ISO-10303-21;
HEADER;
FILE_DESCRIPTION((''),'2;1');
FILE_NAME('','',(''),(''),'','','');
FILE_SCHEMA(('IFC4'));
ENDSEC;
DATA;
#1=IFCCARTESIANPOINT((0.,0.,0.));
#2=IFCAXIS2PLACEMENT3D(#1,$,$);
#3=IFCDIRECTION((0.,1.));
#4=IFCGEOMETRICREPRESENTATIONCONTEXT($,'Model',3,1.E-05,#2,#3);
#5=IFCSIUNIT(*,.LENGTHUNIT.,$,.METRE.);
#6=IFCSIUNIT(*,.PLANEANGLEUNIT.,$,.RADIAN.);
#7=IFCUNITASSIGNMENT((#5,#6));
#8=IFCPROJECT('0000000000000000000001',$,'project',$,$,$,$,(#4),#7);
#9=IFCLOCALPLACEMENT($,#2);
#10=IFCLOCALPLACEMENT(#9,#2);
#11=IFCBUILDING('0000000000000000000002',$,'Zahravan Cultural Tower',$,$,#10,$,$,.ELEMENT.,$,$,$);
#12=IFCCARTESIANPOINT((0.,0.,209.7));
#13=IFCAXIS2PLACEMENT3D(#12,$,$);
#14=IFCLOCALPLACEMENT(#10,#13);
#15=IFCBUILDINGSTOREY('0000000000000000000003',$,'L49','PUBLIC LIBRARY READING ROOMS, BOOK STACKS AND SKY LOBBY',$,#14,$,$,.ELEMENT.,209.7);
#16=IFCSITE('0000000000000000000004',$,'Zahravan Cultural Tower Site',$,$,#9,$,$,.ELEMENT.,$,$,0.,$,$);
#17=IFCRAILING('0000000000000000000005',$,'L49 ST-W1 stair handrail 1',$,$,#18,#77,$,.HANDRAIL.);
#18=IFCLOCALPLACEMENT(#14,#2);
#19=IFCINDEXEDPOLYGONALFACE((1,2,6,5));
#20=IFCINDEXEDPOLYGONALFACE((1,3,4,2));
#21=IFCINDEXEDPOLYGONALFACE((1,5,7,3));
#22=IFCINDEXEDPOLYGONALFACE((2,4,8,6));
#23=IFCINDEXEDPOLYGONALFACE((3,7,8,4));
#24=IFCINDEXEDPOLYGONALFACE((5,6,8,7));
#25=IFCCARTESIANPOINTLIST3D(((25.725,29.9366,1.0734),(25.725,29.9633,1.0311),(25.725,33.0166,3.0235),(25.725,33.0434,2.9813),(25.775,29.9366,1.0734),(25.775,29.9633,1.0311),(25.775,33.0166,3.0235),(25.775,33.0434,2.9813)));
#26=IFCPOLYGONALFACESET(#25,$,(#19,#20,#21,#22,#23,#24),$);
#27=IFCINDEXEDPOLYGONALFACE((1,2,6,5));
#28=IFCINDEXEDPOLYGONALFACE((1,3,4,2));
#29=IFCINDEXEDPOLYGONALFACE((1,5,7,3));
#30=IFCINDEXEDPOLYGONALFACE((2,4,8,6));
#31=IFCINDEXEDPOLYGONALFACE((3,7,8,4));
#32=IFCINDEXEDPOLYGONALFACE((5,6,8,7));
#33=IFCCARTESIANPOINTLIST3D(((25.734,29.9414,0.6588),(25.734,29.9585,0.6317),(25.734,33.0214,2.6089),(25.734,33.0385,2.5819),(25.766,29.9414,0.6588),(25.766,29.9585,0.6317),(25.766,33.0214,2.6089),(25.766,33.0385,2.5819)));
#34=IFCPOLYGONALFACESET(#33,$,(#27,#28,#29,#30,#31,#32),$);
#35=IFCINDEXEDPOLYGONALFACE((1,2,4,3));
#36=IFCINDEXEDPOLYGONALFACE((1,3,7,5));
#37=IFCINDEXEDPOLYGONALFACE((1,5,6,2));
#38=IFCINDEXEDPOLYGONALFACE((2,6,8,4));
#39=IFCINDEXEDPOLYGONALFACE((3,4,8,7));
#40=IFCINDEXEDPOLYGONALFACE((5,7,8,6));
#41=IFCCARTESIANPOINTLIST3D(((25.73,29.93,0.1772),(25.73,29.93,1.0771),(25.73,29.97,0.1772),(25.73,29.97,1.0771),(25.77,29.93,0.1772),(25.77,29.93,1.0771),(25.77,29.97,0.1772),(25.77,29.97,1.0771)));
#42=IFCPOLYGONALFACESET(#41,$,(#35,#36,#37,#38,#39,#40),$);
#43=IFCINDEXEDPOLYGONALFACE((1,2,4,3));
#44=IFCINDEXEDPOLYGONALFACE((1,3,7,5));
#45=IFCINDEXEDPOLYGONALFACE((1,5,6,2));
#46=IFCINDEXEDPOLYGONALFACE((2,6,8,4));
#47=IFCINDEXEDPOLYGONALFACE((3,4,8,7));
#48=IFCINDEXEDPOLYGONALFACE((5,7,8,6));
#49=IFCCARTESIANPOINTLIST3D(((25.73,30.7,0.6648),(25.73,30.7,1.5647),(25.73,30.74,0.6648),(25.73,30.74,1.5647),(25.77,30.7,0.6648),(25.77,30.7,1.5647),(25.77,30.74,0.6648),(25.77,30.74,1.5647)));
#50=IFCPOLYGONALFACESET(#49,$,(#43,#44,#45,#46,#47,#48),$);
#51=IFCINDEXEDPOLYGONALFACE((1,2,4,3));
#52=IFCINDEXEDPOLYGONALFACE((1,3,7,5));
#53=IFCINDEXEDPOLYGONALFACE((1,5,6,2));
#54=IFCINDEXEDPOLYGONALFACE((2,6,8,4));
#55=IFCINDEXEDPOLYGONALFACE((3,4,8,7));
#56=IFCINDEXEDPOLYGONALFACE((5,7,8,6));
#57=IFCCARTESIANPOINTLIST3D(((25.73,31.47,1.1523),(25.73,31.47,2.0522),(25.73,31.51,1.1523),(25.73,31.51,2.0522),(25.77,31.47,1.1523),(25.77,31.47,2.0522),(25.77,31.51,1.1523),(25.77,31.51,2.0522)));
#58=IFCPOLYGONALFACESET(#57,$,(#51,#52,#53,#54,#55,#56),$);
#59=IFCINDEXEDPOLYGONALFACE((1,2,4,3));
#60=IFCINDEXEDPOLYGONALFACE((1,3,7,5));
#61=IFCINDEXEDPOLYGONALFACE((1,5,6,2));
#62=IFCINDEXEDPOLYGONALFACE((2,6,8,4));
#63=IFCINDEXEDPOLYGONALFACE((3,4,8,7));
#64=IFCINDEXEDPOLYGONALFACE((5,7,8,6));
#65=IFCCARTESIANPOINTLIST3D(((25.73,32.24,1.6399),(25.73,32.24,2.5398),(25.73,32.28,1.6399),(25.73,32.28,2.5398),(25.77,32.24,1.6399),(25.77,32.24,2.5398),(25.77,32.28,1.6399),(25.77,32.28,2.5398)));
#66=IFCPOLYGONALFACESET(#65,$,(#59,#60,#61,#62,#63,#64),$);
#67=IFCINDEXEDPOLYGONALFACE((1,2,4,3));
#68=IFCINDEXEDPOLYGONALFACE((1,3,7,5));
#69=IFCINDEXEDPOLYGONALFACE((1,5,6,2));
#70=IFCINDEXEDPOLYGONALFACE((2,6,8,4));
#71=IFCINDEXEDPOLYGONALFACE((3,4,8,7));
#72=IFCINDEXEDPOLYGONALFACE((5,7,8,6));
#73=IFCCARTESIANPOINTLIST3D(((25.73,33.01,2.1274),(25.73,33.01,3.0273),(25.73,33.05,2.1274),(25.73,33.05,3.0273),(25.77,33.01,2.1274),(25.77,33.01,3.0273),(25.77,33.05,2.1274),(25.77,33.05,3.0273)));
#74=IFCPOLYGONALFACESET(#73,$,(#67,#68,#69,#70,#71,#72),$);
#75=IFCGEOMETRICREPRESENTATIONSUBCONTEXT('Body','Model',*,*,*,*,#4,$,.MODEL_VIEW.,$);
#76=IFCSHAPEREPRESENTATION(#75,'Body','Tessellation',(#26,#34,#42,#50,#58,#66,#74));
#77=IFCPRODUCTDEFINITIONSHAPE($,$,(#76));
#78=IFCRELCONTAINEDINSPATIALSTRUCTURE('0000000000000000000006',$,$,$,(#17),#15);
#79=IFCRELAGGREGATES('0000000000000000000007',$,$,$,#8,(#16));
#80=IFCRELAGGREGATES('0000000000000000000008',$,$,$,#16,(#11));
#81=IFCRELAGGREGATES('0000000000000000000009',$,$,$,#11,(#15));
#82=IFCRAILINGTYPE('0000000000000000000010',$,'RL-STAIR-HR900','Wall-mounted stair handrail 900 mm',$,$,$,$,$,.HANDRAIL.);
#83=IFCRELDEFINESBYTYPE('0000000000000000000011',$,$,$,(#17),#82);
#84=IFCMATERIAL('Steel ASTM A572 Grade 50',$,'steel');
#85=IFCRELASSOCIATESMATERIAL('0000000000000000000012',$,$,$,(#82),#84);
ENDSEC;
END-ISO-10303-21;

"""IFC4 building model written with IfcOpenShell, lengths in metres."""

from ifc_helpers import new_model, si_unit, direction, frame, origin, origin_2d, place, context, subcontext, project, spatial, rectangle, extrude, material, type_object, element, save


model = new_model("IFC4")

# Units and contexts
model_context = context("Model", 3, precision=1e-05, world=origin(), true_north=direction((0.0, 1.0)))
body_context = subcontext(model_context, "Body", "Model", "MODEL_VIEW")
ifc_project = project(units=[si_unit("LENGTHUNIT", "METRE"), si_unit("PLANEANGLEUNIT", "RADIAN")], contexts=[model_context])

# Site, building, storey
site_placement = place(None, origin())
site = spatial("IfcSite", under=ifc_project, at=site_placement, Name="Zahravan Cultural Tower Site", CompositionType="ELEMENT", RefElevation=0.0)
building_placement = place(site_placement, origin())
building = spatial("IfcBuilding", under=site, at=building_placement, Name="Zahravan Cultural Tower", CompositionType="ELEMENT")
storey_placement = place(building_placement, frame((0.0, 0.0, 209.7)))
storey = spatial("IfcBuildingStorey", under=building, at=storey_placement, Name="L49", Description="PUBLIC LIBRARY READING ROOMS, BOOK STACKS AND SKY LOBBY", CompositionType="ELEMENT", Elevation=209.7)

# Shared definitions
ifc_material_1 = material(Name="Steel ASTM A572 Grade 50", Category="steel")

# Railing
railing_type_1 = type_object("IfcRailingType", Name="RL-STAIR-HR900", Description="Wall-mounted stair handrail 900 mm", PredefinedType="HANDRAIL", material=ifc_material_1)
railing_1_placement = place(storey_placement, frame((25.75, 29.95, 0.1772)))
element("IfcRailing", 1, at=railing_1_placement, inside=storey, type_object=railing_type_1, Name="L49 ST-W1 stair handrail 1", PredefinedType="HANDRAIL", context=body_context, shape_type="SweptSolid", body=[
    extrude(rectangle(XDim=0.05, YDim=0.05, at=origin_2d()), frame((0.0, 0.0, 0.875), z_axis=(0.0, 0.844884, 0.53495), x_axis=(-1.0, 0.0, 0.0)), (0.0, 0.0, 1.0), 3.6455),
    extrude(rectangle(XDim=0.032, YDim=0.032, at=origin_2d()), frame((0.0, 0.0, 0.468), z_axis=(0.0, 0.844884, 0.53495), x_axis=(-1.0, 0.0, 0.0)), (0.0, 0.0, 1.0), 3.6455),
    extrude(rectangle(XDim=0.04, YDim=0.04, at=origin_2d()), origin(), (0.0, 0.0, 1.0), 0.8999),
    extrude(rectangle(XDim=0.04, YDim=0.04, at=origin_2d()), frame((0.0, 0.77, 0.4875)), (0.0, 0.0, 1.0), 0.8999),
    extrude(rectangle(XDim=0.04, YDim=0.04, at=origin_2d()), frame((0.0, 1.54, 0.9751)), (0.0, 0.0, 1.0), 0.8999),
    extrude(rectangle(XDim=0.04, YDim=0.04, at=origin_2d()), frame((0.0, 2.3101, 1.4626)), (0.0, 0.0, 1.0), 0.8999),
    extrude(rectangle(XDim=0.04, YDim=0.04, at=origin_2d()), frame((0.0, 3.0801, 1.9502)), (0.0, 0.0, 1.0), 0.8999),
])

save(model, "model.ifc")
